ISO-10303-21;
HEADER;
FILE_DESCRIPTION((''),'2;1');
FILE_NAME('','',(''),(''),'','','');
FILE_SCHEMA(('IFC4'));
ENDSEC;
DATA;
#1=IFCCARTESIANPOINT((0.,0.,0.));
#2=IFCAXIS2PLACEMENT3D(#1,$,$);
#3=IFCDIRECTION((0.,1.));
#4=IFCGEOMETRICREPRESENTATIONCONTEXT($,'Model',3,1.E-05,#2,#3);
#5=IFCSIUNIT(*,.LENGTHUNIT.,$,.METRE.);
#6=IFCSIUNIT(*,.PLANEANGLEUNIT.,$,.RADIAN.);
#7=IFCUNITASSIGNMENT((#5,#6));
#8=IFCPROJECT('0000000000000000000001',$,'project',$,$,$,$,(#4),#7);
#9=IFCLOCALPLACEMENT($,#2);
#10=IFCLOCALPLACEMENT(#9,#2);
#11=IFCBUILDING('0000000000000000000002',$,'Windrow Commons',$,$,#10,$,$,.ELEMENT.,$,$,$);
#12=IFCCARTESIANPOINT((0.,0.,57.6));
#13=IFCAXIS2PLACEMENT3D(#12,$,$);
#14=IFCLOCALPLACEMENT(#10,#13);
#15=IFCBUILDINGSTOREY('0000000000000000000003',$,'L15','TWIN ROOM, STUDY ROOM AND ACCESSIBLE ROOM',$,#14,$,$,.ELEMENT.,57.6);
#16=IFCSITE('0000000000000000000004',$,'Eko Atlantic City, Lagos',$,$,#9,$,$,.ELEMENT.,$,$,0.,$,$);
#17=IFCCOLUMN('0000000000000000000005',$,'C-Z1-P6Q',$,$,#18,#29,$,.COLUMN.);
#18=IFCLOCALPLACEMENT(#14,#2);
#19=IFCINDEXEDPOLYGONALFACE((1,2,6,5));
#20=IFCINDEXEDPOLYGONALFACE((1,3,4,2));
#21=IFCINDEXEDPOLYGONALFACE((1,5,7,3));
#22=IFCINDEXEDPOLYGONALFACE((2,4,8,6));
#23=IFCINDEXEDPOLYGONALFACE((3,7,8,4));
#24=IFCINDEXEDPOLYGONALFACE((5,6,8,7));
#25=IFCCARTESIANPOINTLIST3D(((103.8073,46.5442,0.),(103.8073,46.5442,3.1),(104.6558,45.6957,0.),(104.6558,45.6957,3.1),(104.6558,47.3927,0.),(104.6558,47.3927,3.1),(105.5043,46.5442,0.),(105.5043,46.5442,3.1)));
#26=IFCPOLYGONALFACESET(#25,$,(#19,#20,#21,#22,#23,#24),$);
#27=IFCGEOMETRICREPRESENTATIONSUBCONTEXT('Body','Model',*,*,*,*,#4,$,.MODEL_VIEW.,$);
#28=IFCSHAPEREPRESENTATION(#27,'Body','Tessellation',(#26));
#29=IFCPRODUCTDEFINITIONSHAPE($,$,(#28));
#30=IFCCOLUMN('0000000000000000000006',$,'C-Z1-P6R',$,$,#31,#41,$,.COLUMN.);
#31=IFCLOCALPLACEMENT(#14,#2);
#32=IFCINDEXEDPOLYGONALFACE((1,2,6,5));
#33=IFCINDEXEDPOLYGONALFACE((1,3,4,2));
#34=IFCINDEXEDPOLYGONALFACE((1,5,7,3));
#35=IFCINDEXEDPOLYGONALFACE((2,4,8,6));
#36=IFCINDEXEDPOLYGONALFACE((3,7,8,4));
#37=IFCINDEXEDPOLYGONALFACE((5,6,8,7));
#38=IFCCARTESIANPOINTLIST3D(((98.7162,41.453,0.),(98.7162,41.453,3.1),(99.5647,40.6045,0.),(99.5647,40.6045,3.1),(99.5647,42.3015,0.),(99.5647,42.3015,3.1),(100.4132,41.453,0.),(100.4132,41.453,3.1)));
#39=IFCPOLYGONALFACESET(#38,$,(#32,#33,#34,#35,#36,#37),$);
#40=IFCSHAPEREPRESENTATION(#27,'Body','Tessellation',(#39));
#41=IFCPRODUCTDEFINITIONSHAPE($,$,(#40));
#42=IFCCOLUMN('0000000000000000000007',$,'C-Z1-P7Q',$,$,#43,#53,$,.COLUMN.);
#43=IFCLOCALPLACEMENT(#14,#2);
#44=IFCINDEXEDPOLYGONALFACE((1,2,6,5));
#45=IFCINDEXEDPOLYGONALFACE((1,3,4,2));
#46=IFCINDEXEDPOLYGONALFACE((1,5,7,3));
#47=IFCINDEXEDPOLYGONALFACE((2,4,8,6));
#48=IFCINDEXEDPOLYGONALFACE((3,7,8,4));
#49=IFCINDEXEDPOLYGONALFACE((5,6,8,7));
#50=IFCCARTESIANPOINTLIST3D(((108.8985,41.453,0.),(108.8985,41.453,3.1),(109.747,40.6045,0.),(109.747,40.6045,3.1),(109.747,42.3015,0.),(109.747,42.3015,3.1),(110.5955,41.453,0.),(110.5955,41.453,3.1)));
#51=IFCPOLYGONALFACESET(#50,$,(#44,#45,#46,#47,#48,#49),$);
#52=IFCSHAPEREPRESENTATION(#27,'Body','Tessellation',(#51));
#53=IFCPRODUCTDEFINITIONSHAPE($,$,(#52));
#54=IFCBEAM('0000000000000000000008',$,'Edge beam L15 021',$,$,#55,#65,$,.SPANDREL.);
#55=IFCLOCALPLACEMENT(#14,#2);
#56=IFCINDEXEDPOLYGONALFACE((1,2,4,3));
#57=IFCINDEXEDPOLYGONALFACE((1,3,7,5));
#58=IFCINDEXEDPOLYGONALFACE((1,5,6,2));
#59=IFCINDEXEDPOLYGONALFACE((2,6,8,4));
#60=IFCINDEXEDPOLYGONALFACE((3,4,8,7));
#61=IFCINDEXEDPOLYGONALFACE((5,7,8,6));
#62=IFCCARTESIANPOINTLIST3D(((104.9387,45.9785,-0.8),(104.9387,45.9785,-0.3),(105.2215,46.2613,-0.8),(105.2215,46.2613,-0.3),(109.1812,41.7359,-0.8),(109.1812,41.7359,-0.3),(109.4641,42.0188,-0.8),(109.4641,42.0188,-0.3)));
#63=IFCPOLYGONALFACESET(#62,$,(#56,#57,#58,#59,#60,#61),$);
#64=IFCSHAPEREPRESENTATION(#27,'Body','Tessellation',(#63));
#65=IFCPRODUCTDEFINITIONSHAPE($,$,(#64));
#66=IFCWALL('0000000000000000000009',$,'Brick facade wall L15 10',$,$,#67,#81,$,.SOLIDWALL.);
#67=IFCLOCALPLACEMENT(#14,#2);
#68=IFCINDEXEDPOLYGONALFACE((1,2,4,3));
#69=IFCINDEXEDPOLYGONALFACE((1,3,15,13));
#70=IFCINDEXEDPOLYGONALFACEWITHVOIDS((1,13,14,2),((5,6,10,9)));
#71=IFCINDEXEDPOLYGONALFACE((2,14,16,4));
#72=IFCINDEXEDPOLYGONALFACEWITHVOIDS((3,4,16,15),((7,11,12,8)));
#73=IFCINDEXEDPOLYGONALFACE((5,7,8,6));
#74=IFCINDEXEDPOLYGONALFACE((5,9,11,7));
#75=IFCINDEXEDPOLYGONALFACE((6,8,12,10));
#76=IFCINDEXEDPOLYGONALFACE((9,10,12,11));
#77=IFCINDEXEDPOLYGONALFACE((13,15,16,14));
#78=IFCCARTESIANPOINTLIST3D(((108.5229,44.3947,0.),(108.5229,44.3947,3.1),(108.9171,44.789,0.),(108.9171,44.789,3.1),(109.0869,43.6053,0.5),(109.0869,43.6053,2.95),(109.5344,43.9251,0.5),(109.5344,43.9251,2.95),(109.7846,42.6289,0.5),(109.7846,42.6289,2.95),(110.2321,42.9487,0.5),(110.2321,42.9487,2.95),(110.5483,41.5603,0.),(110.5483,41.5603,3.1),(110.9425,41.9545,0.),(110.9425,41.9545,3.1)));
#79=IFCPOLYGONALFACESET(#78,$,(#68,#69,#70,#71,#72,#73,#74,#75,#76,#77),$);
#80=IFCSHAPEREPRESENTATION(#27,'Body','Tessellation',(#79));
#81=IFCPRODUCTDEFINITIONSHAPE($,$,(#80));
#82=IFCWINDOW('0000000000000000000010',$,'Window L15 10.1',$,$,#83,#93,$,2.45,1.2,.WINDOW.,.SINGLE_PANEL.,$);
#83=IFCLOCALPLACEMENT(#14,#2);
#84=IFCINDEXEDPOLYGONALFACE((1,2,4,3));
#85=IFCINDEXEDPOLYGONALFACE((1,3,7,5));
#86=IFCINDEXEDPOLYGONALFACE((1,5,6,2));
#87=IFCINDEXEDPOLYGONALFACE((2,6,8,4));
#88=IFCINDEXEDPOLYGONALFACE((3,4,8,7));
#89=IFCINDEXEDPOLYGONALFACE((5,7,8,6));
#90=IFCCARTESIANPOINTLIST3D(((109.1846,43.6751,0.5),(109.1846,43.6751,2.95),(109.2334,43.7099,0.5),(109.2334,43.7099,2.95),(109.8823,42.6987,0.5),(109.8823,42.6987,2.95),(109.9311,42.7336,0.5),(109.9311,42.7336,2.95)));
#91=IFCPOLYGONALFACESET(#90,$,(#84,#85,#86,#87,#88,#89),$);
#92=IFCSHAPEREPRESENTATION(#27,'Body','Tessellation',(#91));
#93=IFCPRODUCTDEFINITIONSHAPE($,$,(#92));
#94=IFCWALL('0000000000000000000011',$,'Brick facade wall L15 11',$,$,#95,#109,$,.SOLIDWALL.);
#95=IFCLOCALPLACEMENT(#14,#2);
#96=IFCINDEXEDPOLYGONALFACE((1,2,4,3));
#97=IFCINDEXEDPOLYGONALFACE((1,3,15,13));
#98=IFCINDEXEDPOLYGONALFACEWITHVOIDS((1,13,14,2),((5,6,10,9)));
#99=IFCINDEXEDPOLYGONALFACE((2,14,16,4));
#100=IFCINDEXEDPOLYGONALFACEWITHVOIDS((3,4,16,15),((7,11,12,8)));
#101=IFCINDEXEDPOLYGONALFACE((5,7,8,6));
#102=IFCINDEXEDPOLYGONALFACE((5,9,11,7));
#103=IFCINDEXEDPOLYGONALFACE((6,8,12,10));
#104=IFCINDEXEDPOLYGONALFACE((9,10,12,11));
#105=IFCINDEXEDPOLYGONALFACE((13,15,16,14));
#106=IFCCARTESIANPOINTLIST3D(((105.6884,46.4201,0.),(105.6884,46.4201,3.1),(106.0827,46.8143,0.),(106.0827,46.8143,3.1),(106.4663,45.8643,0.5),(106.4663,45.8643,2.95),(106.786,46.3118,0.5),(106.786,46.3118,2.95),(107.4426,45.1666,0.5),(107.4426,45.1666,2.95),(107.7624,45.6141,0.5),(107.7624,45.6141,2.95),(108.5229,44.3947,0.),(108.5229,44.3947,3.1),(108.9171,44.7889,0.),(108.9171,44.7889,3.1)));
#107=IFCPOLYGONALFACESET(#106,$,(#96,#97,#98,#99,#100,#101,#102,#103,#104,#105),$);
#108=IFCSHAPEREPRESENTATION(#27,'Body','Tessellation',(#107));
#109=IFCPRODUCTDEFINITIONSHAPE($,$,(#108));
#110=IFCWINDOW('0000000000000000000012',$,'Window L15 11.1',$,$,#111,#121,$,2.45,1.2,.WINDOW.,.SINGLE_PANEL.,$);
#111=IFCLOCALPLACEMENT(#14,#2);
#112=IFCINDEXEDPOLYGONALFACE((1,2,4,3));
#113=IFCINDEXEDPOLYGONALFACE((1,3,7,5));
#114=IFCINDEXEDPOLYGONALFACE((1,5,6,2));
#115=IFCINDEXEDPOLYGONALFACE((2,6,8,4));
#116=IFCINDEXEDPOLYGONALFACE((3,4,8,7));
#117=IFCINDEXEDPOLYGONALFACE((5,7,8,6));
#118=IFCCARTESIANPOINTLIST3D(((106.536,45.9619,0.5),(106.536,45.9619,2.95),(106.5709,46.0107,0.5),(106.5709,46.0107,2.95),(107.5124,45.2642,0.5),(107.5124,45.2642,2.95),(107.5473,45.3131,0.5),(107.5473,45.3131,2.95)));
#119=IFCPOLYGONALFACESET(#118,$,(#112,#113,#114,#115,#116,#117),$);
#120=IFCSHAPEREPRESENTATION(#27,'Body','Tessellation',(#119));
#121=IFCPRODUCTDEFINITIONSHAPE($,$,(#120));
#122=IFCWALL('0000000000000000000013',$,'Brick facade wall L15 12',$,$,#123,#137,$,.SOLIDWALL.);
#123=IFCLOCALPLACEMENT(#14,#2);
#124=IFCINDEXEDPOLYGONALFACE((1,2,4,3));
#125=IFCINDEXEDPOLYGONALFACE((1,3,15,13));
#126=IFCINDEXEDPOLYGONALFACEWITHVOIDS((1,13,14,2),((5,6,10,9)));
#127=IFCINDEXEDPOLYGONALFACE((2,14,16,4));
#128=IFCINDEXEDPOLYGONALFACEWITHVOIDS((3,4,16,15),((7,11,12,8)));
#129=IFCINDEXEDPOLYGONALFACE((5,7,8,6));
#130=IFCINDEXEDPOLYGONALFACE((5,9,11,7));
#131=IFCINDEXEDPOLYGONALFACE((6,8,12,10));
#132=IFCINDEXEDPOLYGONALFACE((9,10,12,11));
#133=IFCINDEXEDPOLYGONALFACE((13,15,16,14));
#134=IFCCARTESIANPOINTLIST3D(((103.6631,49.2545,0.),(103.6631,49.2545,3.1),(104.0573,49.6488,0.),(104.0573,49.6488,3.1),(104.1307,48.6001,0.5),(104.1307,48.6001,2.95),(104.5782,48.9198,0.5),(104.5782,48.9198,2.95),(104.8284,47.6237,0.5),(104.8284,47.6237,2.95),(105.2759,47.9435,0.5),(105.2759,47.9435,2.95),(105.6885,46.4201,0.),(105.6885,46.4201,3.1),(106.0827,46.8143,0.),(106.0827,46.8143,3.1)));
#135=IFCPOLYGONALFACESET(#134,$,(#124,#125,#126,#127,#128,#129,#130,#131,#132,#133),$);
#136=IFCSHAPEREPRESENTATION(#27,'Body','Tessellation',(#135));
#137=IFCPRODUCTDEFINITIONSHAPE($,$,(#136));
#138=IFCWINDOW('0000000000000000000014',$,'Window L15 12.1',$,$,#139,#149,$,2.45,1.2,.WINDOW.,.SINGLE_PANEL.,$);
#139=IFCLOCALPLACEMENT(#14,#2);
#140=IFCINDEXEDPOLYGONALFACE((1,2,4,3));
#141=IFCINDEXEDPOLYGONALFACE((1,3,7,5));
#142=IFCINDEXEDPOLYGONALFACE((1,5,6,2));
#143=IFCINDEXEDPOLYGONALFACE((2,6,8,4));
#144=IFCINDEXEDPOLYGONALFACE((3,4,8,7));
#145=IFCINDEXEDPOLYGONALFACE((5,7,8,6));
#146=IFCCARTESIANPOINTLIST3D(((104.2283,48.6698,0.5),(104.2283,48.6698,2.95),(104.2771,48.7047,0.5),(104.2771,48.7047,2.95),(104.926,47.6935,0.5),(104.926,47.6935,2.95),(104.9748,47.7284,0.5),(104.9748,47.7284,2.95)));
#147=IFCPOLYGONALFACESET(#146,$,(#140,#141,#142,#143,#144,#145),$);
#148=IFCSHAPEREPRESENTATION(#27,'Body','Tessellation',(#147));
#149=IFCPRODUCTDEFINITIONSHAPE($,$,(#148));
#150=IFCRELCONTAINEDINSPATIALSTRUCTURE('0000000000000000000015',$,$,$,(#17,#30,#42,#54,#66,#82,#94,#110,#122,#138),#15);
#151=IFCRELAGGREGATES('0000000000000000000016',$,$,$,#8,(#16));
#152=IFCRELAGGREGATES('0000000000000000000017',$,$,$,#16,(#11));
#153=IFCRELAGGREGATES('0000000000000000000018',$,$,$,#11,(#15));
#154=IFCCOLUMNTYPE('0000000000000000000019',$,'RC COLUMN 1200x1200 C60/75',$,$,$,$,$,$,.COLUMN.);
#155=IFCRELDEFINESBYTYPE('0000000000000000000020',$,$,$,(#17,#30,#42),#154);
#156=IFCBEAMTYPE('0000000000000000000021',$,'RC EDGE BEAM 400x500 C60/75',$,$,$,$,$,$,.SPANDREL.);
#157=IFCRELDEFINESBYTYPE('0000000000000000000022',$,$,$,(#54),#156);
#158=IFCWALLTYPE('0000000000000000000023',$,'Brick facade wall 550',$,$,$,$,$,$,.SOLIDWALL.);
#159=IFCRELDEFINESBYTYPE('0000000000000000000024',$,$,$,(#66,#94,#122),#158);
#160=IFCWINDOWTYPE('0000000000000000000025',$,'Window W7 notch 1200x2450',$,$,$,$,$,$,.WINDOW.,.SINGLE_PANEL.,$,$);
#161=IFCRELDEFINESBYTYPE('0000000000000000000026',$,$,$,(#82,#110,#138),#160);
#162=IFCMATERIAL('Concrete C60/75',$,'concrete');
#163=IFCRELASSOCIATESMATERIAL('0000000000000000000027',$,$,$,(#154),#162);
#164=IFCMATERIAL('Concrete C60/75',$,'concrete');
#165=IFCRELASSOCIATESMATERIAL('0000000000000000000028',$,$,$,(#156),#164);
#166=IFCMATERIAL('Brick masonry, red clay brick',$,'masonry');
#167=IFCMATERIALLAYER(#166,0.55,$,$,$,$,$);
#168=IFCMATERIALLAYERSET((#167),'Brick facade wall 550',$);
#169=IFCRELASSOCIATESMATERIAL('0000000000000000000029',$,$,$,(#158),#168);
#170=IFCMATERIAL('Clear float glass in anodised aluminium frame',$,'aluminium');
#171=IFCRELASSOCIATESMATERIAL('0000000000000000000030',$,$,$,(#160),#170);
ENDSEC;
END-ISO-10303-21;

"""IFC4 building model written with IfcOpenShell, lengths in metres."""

from ifc_helpers import new_model, si_unit, direction, frame, frame_2d, origin, origin_2d, place, context, subcontext, project, spatial, polyline, rectangle, outline, extrude, material, layer, layer_set, material_profile, profile_set, type_object, element, fill, save


model = new_model("IFC4")

# Units and contexts
model_context = context("Model", 3, precision=1e-05, world=origin(), true_north=direction((0.0, 1.0)))
body_context = subcontext(model_context, "Body", "Model", "MODEL_VIEW")
ifc_project = project(units=[si_unit("LENGTHUNIT", "METRE"), si_unit("PLANEANGLEUNIT", "RADIAN")], contexts=[model_context])

# Site, building, storey
site_placement = place(None, origin())
site = spatial("IfcSite", under=ifc_project, at=site_placement, Name="Eko Atlantic City, Lagos", CompositionType="ELEMENT", RefElevation=0.0)
building_placement = place(site_placement, origin())
building = spatial("IfcBuilding", under=site, at=building_placement, Name="Windrow Commons", CompositionType="ELEMENT")
storey_placement = place(building_placement, frame((0.0, 0.0, 57.6)))
storey = spatial("IfcBuildingStorey", under=building, at=storey_placement, Name="L15", Description="TWIN ROOM, STUDY ROOM AND ACCESSIBLE ROOM", CompositionType="ELEMENT", Elevation=57.6)

# Columns
ifc_material_1 = material(Name="Concrete C60/75", Category="concrete")
ifc_material_profile_1 = material_profile(ifc_material_1, rectangle(XDim=1.2, YDim=1.2, at=origin_2d()))
ifc_profile_set_1 = profile_set([ifc_material_profile_1], Name="Concrete C60/75")
column_type = type_object("IfcColumnType", Name="RC COLUMN 1200x1200 C60/75", PredefinedType="COLUMN", material=ifc_profile_set_1)
for number, where, z_axis, x_axis, name in (
    (1, (104.6558, 46.5442, 0.0), (0.0, 0.0, 1.0), (0.707107, -0.707107, 0.0), "C-Z1-P6Q"),
    (2, (99.5647, 41.453, 0.0), (0.0, 0.0, 1.0), (0.707107, -0.707107, 0.0), "C-Z1-P6R"),
    (3, (109.747, 41.453, 0.0), (0.0, 0.0, 1.0), (0.707107, -0.707107, 0.0), "C-Z1-P7Q"),
):
    element("IfcColumn", number, at=place(storey_placement, frame(where, z_axis=z_axis, x_axis=x_axis)), inside=storey, type_object=column_type, Name=name, PredefinedType="COLUMN", context=body_context, shape_type="SweptSolid", body=[
        extrude(rectangle(XDim=1.2, YDim=1.2, at=origin_2d()), origin(), (0.0, 0.0, 1.0), 3.1),
    ])

# Beam
ifc_material_2 = material(Name="Concrete C60/75", Category="concrete")
ifc_material_profile_2 = material_profile(ifc_material_2, rectangle(XDim=0.4, YDim=0.5, at=origin_2d()))
ifc_profile_set_2 = profile_set([ifc_material_profile_2], Name="Concrete C60/75")
beam_type = type_object("IfcBeamType", Name="RC EDGE BEAM 400x500 C60/75", PredefinedType="SPANDREL", material=ifc_profile_set_2)
beam_placement = place(storey_placement, frame((105.0801, 46.1199, -0.55), z_axis=(0.707107, -0.707107, 0.0), x_axis=(0.707107, 0.707107, 0.0)))
element("IfcBeam", 4, at=beam_placement, inside=storey, type_object=beam_type, Name="Edge beam L15 021", PredefinedType="SPANDREL", context=body_context, shape_type="SweptSolid", body=[
    extrude(rectangle(XDim=0.4, YDim=0.5, at=origin_2d()), origin(), (0.0, 0.0, 1.0), 5.9999),
])

# Walls, openings, windows
ifc_material_3 = material(Name="Brick masonry, red clay brick", Category="masonry")
ifc_layer_1 = layer(ifc_material_3, 0.55)
ifc_layer_set_1 = layer_set([ifc_layer_1], Name="Brick facade wall 550")
wall_type_1 = type_object("IfcWallType", Name="Brick facade wall 550", PredefinedType="SOLIDWALL", material=ifc_layer_set_1)
wall_1_placement = place(storey_placement, frame((110.7454, 41.7574, 0.0), z_axis=(0.0, 0.0, 1.0), x_axis=(-0.581396, 0.813621, 0.0)))
wall_1 = element("IfcWall", 5, at=wall_1_placement, inside=storey, type_object=wall_type_1, Name="Brick facade wall L15 10", PredefinedType="SOLIDWALL", context=body_context, shape_type="SweptSolid", body=[
    extrude(outline(polyline([(0.0458, -0.275), (3.5295, -0.275), (3.4379, 0.275), (-0.0458, 0.275), (0.0458, -0.275)])), origin(), (0.0, 0.0, 1.0), 3.1),
])
opening_1_placement = place(wall_1_placement, frame((1.2677, 0.0, 0.5)))
opening_1 = element("IfcOpeningElement", 6, at=opening_1_placement, cuts=wall_1, PredefinedType="OPENING", context=body_context, shape_type="SweptSolid", body=[
    extrude(rectangle(XDim=1.2, YDim=2.45, at=frame_2d((0.6, 1.225))), frame((0.0, 0.285, 0.0), z_axis=(0.0, -1.0, 0.0), x_axis=(1.0, 0.0, 0.0)), (0.0, 0.0, 1.0), 0.57),
])
ifc_material_4 = material(Name="Clear float glass in anodised aluminium frame", Category="aluminium")
window_type = type_object("IfcWindowType", Name="Window W7 notch 1200x2450", PartitioningType="SINGLE_PANEL", PredefinedType="WINDOW", material=ifc_material_4)
window_1_placement = place(opening_1_placement, origin())
window_1 = element("IfcWindow", 7, at=window_1_placement, inside=storey, type_object=window_type, Name="Window L15 10.1", OverallHeight=2.45, OverallWidth=1.2, PartitioningType="SINGLE_PANEL", PredefinedType="WINDOW", context=body_context, shape_type="SweptSolid", body=[
    extrude(rectangle(XDim=1.2, YDim=2.45, at=frame_2d((0.6, 1.225))), frame((0.0, 0.155, 0.0), z_axis=(0.0, -1.0, 0.0), x_axis=(1.0, 0.0, 0.0)), (0.0, 0.0, 1.0), 0.06),
])
fill(opening_1, window_1)
wall_2_placement = place(storey_placement, frame((108.72, 44.5918, 0.0), z_axis=(0.0, 0.0, 1.0), x_axis=(-0.813621, 0.581396, 0.0)))
wall_2 = element("IfcWall", 8, at=wall_2_placement, inside=storey, type_object=wall_type_1, Name="Brick facade wall L15 11", PredefinedType="SOLIDWALL", context=body_context, shape_type="SweptSolid", body=[
    extrude(outline(polyline([(-0.0458, -0.275), (3.4379, -0.275), (3.5295, 0.275), (0.0458, 0.275), (-0.0458, -0.275)])), origin(), (0.0, 0.0, 1.0), 3.1),
])
opening_2_placement = place(wall_2_placement, frame((1.3735, 0.0, 0.5)))
opening_2 = element("IfcOpeningElement", 9, at=opening_2_placement, cuts=wall_2, PredefinedType="OPENING", context=body_context, shape_type="SweptSolid", body=[
    extrude(rectangle(XDim=1.2, YDim=2.45, at=frame_2d((0.6, 1.225))), frame((0.0, 0.285, 0.0), z_axis=(0.0, -1.0, 0.0), x_axis=(1.0, 0.0, 0.0)), (0.0, 0.0, 1.0), 0.57),
])
window_2_placement = place(opening_2_placement, origin())
window_2 = element("IfcWindow", 10, at=window_2_placement, inside=storey, type_object=window_type, Name="Window L15 11.1", OverallHeight=2.45, OverallWidth=1.2, PartitioningType="SINGLE_PANEL", PredefinedType="WINDOW", context=body_context, shape_type="SweptSolid", body=[
    extrude(rectangle(XDim=1.2, YDim=2.45, at=frame_2d((0.6, 1.225))), frame((0.0, 0.155, 0.0), z_axis=(0.0, -1.0, 0.0), x_axis=(1.0, 0.0, 0.0)), (0.0, 0.0, 1.0), 0.06),
])
fill(opening_2, window_2)
wall_3_placement = place(storey_placement, frame((105.8856, 46.6172, 0.0), z_axis=(0.0, 0.0, 1.0), x_axis=(-0.581396, 0.813621, 0.0)))
wall_3 = element("IfcWall", 11, at=wall_3_placement, inside=storey, type_object=wall_type_1, Name="Brick facade wall L15 12", PredefinedType="SOLIDWALL", context=body_context, shape_type="SweptSolid", body=[
    extrude(outline(polyline([(0.0458, -0.275), (3.5295, -0.275), (3.4379, 0.275), (-0.0458, 0.275), (0.0458, -0.275)])), origin(), (0.0, 0.0, 1.0), 3.1),
])
opening_3_placement = place(wall_3_placement, frame((1.4336, 0.0, 0.5)))
opening_3 = element("IfcOpeningElement", 12, at=opening_3_placement, cuts=wall_3, PredefinedType="OPENING", context=body_context, shape_type="SweptSolid", body=[
    extrude(rectangle(XDim=1.2, YDim=2.45, at=frame_2d((0.6, 1.225))), frame((0.0, 0.285, 0.0), z_axis=(0.0, -1.0, 0.0), x_axis=(1.0, 0.0, 0.0)), (0.0, 0.0, 1.0), 0.57),
])
window_3_placement = place(opening_3_placement, origin())
window_3 = element("IfcWindow", 13, at=window_3_placement, inside=storey, type_object=window_type, Name="Window L15 12.1", OverallHeight=2.45, OverallWidth=1.2, PartitioningType="SINGLE_PANEL", PredefinedType="WINDOW", context=body_context, shape_type="SweptSolid", body=[
    extrude(rectangle(XDim=1.2, YDim=2.45, at=frame_2d((0.6, 1.225))), frame((0.0, 0.155, 0.0), z_axis=(0.0, -1.0, 0.0), x_axis=(1.0, 0.0, 0.0)), (0.0, 0.0, 1.0), 0.06),
])
fill(opening_3, window_3)

save(model, "model.ifc")
